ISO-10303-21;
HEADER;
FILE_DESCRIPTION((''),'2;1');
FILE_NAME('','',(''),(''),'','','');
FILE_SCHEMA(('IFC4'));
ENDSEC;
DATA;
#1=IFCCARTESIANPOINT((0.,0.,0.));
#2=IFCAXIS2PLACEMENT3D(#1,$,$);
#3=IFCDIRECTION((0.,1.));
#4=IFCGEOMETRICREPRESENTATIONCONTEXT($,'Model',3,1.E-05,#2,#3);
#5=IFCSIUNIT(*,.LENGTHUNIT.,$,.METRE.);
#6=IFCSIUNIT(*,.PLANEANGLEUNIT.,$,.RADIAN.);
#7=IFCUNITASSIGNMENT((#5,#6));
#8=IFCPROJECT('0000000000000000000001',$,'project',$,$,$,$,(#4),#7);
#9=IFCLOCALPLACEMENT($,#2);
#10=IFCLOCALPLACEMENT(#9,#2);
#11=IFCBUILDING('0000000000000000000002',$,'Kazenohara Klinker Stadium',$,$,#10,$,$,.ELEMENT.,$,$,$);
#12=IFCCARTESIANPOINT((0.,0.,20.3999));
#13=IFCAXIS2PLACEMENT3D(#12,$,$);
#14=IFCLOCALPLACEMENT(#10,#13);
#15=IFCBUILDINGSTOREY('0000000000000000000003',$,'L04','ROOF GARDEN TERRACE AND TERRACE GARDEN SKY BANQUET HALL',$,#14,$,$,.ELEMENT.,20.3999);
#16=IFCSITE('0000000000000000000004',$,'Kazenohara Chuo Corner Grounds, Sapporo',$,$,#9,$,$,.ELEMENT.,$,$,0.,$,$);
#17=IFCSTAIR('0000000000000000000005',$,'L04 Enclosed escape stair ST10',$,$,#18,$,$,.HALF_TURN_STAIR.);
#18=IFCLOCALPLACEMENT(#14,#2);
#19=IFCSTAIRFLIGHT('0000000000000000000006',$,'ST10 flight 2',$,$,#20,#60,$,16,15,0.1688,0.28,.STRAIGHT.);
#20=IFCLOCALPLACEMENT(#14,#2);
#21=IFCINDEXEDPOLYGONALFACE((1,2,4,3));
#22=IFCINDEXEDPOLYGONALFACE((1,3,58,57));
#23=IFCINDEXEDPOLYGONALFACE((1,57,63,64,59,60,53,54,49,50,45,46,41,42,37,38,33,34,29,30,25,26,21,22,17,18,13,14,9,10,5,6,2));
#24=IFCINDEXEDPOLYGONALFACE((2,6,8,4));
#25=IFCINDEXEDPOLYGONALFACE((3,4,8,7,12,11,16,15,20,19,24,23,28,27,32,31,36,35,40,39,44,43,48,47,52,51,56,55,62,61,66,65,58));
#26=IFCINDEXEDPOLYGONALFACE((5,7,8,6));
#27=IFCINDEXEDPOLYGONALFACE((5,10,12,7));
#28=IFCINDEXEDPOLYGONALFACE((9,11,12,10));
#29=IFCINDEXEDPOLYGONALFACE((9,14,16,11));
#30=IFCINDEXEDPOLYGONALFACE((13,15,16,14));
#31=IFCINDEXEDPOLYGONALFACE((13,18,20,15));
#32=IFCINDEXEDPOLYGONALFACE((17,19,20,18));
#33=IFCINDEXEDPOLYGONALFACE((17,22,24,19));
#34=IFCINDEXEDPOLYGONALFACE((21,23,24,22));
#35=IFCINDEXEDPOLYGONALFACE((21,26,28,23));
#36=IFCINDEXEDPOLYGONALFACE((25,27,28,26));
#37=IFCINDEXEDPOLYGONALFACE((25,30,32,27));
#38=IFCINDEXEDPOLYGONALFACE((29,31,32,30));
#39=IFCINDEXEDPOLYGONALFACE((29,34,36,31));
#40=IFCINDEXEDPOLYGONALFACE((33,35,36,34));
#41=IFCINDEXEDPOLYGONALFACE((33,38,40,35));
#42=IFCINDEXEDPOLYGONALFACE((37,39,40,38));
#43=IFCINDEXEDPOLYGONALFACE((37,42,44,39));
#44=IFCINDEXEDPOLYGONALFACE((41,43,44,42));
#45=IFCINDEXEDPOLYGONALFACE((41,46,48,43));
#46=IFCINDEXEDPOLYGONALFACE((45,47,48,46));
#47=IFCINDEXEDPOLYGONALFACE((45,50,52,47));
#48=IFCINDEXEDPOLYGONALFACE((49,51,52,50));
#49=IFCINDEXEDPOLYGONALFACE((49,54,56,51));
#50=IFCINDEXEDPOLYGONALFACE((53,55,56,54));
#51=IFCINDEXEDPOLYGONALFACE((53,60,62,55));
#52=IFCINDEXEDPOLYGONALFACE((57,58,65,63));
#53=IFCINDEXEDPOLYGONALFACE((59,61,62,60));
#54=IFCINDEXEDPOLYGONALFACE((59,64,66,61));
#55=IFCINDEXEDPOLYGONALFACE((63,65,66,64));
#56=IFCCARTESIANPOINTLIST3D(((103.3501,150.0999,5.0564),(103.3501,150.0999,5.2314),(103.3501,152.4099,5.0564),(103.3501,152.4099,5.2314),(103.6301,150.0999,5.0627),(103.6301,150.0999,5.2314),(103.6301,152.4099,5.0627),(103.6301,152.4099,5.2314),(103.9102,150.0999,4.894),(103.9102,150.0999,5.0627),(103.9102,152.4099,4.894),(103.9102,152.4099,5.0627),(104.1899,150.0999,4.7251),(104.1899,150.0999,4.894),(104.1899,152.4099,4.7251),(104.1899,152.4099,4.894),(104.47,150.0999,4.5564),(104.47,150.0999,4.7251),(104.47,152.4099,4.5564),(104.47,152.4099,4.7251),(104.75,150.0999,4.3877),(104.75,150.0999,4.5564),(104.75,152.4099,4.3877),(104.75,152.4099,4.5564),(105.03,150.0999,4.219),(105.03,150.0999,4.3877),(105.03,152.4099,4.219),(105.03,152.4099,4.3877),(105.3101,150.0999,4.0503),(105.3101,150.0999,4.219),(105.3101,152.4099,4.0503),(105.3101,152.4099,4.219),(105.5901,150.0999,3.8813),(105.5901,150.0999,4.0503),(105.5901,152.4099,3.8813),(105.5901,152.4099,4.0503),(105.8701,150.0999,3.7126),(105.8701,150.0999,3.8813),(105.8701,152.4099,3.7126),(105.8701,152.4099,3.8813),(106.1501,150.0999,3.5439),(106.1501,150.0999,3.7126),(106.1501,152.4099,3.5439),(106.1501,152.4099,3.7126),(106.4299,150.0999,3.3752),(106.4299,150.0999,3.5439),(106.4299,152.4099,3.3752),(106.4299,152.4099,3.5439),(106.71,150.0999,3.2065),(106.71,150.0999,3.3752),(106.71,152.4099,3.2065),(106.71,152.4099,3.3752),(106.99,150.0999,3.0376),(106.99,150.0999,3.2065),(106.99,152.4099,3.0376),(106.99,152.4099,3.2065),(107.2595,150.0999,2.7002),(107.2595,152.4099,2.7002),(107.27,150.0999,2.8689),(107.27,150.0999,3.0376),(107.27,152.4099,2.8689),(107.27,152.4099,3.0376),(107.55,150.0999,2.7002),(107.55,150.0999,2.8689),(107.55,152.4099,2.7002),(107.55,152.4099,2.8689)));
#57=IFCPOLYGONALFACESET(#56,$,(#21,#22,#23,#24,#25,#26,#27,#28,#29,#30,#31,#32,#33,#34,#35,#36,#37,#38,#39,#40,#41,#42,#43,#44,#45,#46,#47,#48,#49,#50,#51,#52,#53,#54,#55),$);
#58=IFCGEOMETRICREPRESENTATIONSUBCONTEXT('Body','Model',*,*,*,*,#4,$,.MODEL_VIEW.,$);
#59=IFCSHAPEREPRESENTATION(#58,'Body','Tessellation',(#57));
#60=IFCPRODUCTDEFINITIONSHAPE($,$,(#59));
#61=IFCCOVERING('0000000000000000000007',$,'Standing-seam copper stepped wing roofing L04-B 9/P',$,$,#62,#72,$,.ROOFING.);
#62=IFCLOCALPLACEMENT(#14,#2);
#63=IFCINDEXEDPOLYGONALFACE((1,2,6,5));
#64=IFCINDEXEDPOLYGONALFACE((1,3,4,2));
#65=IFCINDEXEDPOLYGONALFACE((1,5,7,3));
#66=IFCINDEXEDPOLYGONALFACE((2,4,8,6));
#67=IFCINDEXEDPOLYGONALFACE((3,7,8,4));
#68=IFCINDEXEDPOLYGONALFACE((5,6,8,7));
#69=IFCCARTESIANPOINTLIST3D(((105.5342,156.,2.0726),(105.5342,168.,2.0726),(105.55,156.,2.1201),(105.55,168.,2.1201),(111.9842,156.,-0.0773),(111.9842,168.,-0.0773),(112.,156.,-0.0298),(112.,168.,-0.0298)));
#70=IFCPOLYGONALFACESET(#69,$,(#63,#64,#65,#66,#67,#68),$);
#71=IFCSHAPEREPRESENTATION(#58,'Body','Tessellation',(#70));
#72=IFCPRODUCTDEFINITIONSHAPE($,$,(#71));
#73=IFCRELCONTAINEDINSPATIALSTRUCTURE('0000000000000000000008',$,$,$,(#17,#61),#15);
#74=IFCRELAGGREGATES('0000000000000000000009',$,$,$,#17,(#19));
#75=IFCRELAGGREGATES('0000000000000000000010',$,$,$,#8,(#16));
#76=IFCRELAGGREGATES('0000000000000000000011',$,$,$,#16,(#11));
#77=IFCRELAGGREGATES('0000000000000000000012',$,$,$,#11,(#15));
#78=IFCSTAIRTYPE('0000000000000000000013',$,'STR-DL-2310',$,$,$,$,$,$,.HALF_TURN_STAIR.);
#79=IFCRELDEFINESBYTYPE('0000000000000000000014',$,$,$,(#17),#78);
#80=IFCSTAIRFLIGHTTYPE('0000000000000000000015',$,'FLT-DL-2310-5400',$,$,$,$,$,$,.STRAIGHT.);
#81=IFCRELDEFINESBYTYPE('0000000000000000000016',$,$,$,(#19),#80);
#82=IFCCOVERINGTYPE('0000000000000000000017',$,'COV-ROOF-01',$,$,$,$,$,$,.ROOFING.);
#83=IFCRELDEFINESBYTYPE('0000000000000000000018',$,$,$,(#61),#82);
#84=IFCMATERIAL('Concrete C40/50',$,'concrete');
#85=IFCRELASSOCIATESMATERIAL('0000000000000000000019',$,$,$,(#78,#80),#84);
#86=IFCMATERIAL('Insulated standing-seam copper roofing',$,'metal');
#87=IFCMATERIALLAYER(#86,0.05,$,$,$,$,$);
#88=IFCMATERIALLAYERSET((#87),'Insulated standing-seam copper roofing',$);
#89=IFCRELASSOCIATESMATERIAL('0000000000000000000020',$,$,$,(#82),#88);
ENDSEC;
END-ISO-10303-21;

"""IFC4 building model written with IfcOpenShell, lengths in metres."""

from ifc_helpers import new_model, si_unit, direction, frame, origin, place, context, subcontext, project, spatial, polyline, outline, extrude, material, layer, layer_set, type_object, element, aggregate, save


model = new_model("IFC4")

# Units and contexts
model_context = context("Model", 3, precision=1e-05, world=origin(), true_north=direction((0.0, 1.0)))
body_context = subcontext(model_context, "Body", "Model", "MODEL_VIEW")
ifc_project = project(units=[si_unit("LENGTHUNIT", "METRE"), si_unit("PLANEANGLEUNIT", "RADIAN")], contexts=[model_context])

# Site, building, storey
site_placement = place(None, origin())
site = spatial("IfcSite", under=ifc_project, at=site_placement, Name="Kazenohara Chuo Corner Grounds, Sapporo", CompositionType="ELEMENT", RefElevation=0.0)
building_placement = place(site_placement, origin())
building = spatial("IfcBuilding", under=site, at=building_placement, Name="Kazenohara Klinker Stadium", CompositionType="ELEMENT")
storey_placement = place(building_placement, frame((0.0, 0.0, 20.3999)))
storey = spatial("IfcBuildingStorey", under=building, at=storey_placement, Name="L04", Description="ROOF GARDEN TERRACE AND TERRACE GARDEN SKY BANQUET HALL", CompositionType="ELEMENT", Elevation=20.3999)

# Shared definitions
ifc_material_1 = material(Name="Concrete C40/50", Category="concrete")

# Stair, stair flight
stair_type = type_object("IfcStairType", Name="STR-DL-2310", PredefinedType="HALF_TURN_STAIR", material=ifc_material_1)
stair_placement = place(storey_placement, origin())
stair = element("IfcStair", 1, at=stair_placement, inside=storey, type_object=stair_type, Name="L04 Enclosed escape stair ST10", PredefinedType="HALF_TURN_STAIR")
stair_flight_type = type_object("IfcStairFlightType", Name="FLT-DL-2310-5400", PredefinedType="STRAIGHT", material=ifc_material_1)
stair_flight_placement = place(storey_placement, frame((107.55, 151.2549, 2.7002), z_axis=(0.0, 0.0, 1.0), x_axis=(-1.0, 0.0, 0.0)))
stair_flight = element("IfcStairFlight", 2, at=stair_flight_placement, type_object=stair_flight_type, Name="ST10 flight 2", NumberOfRisers=16, NumberOfTreads=15, PredefinedType="STRAIGHT", RiserHeight=0.1688, TreadLength=0.28, context=body_context, shape_type="SweptSolid", body=[
    extrude(outline(polyline([(0.0, 0.0), (0.0, 0.1687), (0.28, 0.1687), (0.28, 0.3374), (0.5601, 0.3374), (0.5601, 0.5063), (0.8401, 0.5063), (0.8401, 0.675), (1.1201, 0.675), (1.1201, 0.8438), (1.3999, 0.8438), (1.3999, 1.0125), (1.6799, 1.0125), (1.6799, 1.1812), (1.96, 1.1812), (1.96, 1.3501), (2.24, 1.3501), (2.24, 1.5188), (2.52, 1.5188), (2.52, 1.6875), (2.8, 1.6875), (2.8, 1.8562), (3.0801, 1.8562), (3.0801, 2.0249), (3.3601, 2.0249), (3.3601, 2.1938), (3.6399, 2.1938), (3.6399, 2.3625), (3.9199, 2.3625), (3.9199, 2.5312), (4.2, 2.5312), (4.2, 2.7), (4.2, 2.3562), (0.2905, 0.0), (0.0, 0.0)])), frame((0.0, 1.155, 0.0), z_axis=(0.0, -1.0, 0.0), x_axis=(1.0, 0.0, 0.0)), (0.0, 0.0, 1.0), 2.3101),
])
aggregate(stair, [stair_flight])

# Covering
ifc_material_2 = material(Name="Insulated standing-seam copper roofing", Category="metal")
ifc_layer_1 = layer(ifc_material_2, 0.05)
ifc_layer_set_1 = layer_set([ifc_layer_1], Name="Insulated standing-seam copper roofing")
covering_type = type_object("IfcCoveringType", Name="COV-ROOF-01", PredefinedType="ROOFING", material=ifc_layer_set_1)
covering_placement = place(storey_placement, frame((105.55, 156.0, 2.1201), z_axis=(0.316217, 0.0, 0.948687), x_axis=(0.948687, 0.0, -0.316217)))
element("IfcCovering", 3, at=covering_placement, inside=storey, type_object=covering_type, Name="Standing-seam copper stepped wing roofing L04-B 9/P", PredefinedType="ROOFING", context=body_context, shape_type="SweptSolid", body=[
    extrude(outline(polyline([(0.0, 0.0), (6.7988, 0.0), (6.7988, 12.0), (0.0, 12.0), (0.0, 0.0)])), origin(), (0.0, 0.0, -1.0), 0.05),
])

save(model, "model.ifc")
